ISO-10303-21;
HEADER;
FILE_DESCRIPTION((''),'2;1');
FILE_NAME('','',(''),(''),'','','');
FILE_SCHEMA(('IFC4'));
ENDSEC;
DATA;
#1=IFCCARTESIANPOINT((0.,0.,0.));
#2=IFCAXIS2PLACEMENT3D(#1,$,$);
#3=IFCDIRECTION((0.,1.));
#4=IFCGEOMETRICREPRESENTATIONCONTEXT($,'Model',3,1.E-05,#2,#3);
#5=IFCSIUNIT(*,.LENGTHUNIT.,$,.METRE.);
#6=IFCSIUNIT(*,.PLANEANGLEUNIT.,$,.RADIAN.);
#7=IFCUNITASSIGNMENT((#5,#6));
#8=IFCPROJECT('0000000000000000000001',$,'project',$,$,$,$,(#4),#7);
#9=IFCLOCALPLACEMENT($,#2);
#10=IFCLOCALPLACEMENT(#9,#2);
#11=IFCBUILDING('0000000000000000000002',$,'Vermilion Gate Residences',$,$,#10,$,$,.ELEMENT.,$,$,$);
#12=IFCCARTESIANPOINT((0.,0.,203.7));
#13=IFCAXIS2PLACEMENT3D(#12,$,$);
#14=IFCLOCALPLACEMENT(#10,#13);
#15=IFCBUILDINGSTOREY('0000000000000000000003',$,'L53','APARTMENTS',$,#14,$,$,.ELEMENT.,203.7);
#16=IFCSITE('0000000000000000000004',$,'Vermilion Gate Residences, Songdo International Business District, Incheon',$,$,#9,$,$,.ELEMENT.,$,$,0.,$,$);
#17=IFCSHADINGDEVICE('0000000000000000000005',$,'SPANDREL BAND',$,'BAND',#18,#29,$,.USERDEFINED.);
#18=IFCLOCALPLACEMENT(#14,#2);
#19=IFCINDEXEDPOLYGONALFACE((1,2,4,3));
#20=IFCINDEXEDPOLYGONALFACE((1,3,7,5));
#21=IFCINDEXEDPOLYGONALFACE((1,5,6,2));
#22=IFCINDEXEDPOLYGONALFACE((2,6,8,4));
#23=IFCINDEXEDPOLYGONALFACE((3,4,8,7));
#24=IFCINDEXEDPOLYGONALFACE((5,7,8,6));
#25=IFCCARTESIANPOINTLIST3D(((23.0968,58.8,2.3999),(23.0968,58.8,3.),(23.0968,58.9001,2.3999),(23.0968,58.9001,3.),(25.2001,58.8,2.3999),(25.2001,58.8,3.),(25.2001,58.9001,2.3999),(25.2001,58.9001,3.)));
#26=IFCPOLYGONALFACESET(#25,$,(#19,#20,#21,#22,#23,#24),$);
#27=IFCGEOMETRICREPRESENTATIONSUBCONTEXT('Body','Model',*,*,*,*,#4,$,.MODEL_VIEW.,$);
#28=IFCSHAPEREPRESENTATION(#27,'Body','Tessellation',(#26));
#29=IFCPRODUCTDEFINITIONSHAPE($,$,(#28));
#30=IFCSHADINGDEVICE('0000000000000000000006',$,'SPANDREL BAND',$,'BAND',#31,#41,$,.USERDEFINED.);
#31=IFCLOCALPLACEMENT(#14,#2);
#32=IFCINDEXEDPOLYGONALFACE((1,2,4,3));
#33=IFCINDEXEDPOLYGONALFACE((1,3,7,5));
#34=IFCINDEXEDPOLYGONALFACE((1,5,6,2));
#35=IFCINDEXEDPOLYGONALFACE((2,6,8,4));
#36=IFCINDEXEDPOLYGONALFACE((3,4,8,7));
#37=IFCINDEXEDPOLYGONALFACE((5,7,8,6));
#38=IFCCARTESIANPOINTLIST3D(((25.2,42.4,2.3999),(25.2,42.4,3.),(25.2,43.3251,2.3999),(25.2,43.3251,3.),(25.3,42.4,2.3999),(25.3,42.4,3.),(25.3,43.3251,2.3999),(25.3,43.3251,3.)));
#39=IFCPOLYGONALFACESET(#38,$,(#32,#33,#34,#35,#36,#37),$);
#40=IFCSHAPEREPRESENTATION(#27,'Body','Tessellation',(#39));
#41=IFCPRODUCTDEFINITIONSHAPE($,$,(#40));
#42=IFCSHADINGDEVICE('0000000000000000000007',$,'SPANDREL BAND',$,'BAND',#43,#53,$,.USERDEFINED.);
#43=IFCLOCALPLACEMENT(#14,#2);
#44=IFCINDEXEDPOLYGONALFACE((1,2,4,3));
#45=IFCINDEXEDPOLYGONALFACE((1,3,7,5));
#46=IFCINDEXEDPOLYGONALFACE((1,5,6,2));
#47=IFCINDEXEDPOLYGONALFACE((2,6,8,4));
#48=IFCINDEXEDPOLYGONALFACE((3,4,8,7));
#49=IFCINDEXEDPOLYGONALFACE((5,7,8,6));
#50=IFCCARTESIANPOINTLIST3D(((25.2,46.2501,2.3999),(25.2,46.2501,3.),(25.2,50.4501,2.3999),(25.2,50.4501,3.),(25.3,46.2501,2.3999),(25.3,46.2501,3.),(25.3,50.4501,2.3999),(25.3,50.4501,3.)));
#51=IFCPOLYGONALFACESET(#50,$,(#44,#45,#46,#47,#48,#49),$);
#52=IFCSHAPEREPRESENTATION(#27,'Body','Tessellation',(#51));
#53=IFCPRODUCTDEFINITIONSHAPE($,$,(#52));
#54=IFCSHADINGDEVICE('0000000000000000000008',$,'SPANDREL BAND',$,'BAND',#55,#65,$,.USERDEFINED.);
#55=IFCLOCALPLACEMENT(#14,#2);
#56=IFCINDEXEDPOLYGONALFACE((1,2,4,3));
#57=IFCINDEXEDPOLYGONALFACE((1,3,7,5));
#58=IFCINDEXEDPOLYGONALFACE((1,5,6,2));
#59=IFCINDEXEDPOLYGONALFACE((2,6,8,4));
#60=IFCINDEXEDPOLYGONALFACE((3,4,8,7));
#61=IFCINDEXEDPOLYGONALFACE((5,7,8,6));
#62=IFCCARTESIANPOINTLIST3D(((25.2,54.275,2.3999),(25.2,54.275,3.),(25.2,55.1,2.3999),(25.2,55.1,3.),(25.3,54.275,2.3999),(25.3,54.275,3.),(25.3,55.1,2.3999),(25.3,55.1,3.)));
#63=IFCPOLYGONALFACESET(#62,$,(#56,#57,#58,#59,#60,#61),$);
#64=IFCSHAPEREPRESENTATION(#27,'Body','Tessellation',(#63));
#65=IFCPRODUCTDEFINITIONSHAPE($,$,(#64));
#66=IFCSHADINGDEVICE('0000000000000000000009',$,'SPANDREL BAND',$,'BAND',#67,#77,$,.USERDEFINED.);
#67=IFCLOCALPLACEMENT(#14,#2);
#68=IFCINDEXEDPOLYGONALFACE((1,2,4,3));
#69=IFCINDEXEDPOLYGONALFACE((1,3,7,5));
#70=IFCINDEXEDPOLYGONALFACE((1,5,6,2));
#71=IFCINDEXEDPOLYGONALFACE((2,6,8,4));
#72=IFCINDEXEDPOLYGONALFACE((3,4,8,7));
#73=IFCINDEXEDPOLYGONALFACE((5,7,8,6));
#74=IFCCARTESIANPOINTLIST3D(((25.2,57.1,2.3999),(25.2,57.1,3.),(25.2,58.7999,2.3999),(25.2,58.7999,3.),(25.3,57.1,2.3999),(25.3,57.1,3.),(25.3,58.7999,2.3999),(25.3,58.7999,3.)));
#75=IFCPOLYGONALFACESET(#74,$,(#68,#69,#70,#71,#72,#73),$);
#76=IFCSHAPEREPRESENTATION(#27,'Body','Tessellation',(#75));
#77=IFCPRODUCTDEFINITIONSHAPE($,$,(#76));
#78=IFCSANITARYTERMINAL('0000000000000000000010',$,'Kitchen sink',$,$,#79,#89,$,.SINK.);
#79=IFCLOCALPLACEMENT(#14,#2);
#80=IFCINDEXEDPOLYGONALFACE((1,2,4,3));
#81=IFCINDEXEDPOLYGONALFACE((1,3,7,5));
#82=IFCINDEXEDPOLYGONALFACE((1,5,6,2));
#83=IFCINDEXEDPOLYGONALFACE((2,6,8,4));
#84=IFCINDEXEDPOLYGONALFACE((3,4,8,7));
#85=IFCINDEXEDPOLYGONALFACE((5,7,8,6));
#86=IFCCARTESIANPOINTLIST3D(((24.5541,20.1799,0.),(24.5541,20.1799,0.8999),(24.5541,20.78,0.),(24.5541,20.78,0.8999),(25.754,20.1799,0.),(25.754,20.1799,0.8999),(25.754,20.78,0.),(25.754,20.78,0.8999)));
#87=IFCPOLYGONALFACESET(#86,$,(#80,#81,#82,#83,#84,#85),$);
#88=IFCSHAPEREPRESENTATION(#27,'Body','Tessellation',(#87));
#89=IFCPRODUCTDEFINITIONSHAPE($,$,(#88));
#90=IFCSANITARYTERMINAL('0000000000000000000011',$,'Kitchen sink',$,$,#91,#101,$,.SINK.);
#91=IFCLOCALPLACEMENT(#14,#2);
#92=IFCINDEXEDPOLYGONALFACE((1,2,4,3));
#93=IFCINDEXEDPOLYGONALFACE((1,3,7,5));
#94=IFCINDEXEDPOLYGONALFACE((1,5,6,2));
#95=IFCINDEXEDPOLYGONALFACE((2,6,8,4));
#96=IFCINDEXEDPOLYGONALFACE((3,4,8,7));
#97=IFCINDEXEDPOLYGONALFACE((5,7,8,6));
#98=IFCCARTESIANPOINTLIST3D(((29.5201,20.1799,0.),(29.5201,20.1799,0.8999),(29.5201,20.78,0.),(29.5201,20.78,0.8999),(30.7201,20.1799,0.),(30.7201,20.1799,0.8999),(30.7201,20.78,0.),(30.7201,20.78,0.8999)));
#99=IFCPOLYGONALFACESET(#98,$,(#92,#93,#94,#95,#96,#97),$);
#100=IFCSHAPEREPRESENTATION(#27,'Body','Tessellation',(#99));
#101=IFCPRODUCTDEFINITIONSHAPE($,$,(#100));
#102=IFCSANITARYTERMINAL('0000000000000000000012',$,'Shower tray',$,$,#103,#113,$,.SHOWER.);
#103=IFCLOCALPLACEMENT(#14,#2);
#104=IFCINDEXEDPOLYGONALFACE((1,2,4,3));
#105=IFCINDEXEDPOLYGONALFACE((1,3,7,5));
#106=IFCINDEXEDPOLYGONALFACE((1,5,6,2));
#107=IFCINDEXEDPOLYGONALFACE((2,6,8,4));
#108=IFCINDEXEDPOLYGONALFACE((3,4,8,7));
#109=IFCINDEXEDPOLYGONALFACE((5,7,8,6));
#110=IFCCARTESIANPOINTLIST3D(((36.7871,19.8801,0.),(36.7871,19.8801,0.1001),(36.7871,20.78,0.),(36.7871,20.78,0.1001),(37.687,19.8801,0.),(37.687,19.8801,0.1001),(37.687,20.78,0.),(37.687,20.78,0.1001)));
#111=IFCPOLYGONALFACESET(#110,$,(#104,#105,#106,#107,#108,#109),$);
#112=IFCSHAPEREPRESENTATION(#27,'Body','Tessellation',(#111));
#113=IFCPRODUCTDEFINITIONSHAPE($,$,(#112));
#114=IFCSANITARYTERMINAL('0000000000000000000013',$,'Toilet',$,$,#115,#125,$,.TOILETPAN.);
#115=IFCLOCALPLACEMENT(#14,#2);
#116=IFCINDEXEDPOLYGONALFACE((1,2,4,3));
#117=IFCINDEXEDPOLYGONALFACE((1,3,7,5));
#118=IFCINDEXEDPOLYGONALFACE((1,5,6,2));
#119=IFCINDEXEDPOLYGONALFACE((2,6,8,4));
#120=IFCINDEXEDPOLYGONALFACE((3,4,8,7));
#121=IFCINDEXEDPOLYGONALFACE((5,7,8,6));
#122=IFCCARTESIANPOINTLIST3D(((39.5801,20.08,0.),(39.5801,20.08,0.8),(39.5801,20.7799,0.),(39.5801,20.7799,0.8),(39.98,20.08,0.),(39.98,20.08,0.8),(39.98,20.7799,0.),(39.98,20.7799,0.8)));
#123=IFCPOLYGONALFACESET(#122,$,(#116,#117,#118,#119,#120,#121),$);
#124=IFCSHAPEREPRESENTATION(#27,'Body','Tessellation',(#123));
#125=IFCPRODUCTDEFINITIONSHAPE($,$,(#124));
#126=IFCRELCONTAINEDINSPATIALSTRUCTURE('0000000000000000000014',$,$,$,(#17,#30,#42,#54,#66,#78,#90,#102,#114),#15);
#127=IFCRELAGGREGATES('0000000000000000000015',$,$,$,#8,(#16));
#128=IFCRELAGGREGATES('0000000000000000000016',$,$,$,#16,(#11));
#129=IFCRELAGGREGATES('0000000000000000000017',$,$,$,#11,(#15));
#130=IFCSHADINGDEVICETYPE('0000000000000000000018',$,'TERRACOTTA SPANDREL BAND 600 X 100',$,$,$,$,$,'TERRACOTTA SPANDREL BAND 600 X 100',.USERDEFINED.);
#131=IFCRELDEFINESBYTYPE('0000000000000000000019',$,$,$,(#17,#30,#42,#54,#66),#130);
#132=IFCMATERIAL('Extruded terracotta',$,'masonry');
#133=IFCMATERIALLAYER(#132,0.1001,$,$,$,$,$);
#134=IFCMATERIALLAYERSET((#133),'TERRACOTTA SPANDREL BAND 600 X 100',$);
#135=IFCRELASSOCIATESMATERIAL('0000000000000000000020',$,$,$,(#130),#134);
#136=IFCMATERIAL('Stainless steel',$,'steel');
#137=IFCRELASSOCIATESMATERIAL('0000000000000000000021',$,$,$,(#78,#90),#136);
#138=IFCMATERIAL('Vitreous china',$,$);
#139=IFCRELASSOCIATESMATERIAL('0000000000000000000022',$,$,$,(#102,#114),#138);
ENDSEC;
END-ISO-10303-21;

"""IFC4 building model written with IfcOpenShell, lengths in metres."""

from ifc_helpers import new_model, si_unit, direction, frame, origin, origin_2d, place, context, subcontext, project, spatial, rectangle, extrude, material, layer, layer_set, type_object, element, save


model = new_model("IFC4")

# Units and contexts
model_context = context("Model", 3, precision=1e-05, world=origin(), true_north=direction((0.0, 1.0)))
body_context = subcontext(model_context, "Body", "Model", "MODEL_VIEW")
ifc_project = project(units=[si_unit("LENGTHUNIT", "METRE"), si_unit("PLANEANGLEUNIT", "RADIAN")], contexts=[model_context])

# Site, building, storey
site_placement = place(None, origin())
site = spatial("IfcSite", under=ifc_project, at=site_placement, Name="Vermilion Gate Residences, Songdo International Business District, Incheon", CompositionType="ELEMENT", RefElevation=0.0)
building_placement = place(site_placement, origin())
building = spatial("IfcBuilding", under=site, at=building_placement, Name="Vermilion Gate Residences", CompositionType="ELEMENT")
storey_placement = place(building_placement, frame((0.0, 0.0, 203.7)))
storey = spatial("IfcBuildingStorey", under=building, at=storey_placement, Name="L53", Description="APARTMENTS", CompositionType="ELEMENT", Elevation=203.7)

# Shading devices
ifc_material_1 = material(Name="Extruded terracotta", Category="masonry")
ifc_layer_1 = layer(ifc_material_1, 0.1001)
ifc_layer_set_1 = layer_set([ifc_layer_1], Name="TERRACOTTA SPANDREL BAND 600 X 100")
shading_device_type_1 = type_object("IfcShadingDeviceType", Name="TERRACOTTA SPANDREL BAND 600 X 100", ElementType="TERRACOTTA SPANDREL BAND 600 X 100", PredefinedType="USERDEFINED", material=ifc_layer_set_1)
shading_device_1_placement = place(storey_placement, frame((24.1484, 58.8501, 2.3999), z_axis=(0.0, 0.0, 1.0), x_axis=(1.0, 0.0, 0.0)))
element("IfcShadingDevice", 1, at=shading_device_1_placement, inside=storey, type_object=shading_device_type_1, Name="SPANDREL BAND", ObjectType="BAND", PredefinedType="USERDEFINED", context=body_context, shape_type="SweptSolid", body=[
    extrude(rectangle(XDim=2.1033, YDim=0.1001, at=origin_2d()), origin(), (0.0, 0.0, 1.0), 0.6001),
])
shading_device_2_placement = place(storey_placement, frame((25.25, 42.8625, 2.3999), z_axis=(0.0, 0.0, 1.0), x_axis=(0.0, 1.0, 0.0)))
element("IfcShadingDevice", 2, at=shading_device_2_placement, inside=storey, type_object=shading_device_type_1, Name="SPANDREL BAND", ObjectType="BAND", PredefinedType="USERDEFINED", context=body_context, shape_type="SweptSolid", body=[
    extrude(rectangle(XDim=0.925, YDim=0.1001, at=origin_2d()), origin(), (0.0, 0.0, 1.0), 0.6001),
])
shading_device_3_placement = place(storey_placement, frame((25.25, 48.3501, 2.3999), z_axis=(0.0, 0.0, 1.0), x_axis=(0.0, 1.0, 0.0)))
element("IfcShadingDevice", 3, at=shading_device_3_placement, inside=storey, type_object=shading_device_type_1, Name="SPANDREL BAND", ObjectType="BAND", PredefinedType="USERDEFINED", context=body_context, shape_type="SweptSolid", body=[
    extrude(rectangle(XDim=4.2, YDim=0.1001, at=origin_2d()), origin(), (0.0, 0.0, 1.0), 0.6001),
])
shading_device_4_placement = place(storey_placement, frame((25.25, 54.6875, 2.3999), z_axis=(0.0, 0.0, 1.0), x_axis=(0.0, 1.0, 0.0)))
element("IfcShadingDevice", 4, at=shading_device_4_placement, inside=storey, type_object=shading_device_type_1, Name="SPANDREL BAND", ObjectType="BAND", PredefinedType="USERDEFINED", context=body_context, shape_type="SweptSolid", body=[
    extrude(rectangle(XDim=0.825, YDim=0.1001, at=origin_2d()), origin(), (0.0, 0.0, 1.0), 0.6001),
])
shading_device_5_placement = place(storey_placement, frame((25.25, 57.95, 2.3999), z_axis=(0.0, 0.0, 1.0), x_axis=(0.0, 1.0, 0.0)))
element("IfcShadingDevice", 5, at=shading_device_5_placement, inside=storey, type_object=shading_device_type_1, Name="SPANDREL BAND", ObjectType="BAND", PredefinedType="USERDEFINED", context=body_context, shape_type="SweptSolid", body=[
    extrude(rectangle(XDim=1.7, YDim=0.1001, at=origin_2d()), origin(), (0.0, 0.0, 1.0), 0.6001),
])

# Sanitary terminals
ifc_material_2 = material(Name="Stainless steel", Category="steel")
for number, where, z_axis, x_axis, name in (
    (6, (25.1541, 20.48, 0.0), (0.0, 0.0, 1.0), (1.0, 0.0, 0.0), "Kitchen sink"),
    (7, (30.1201, 20.48, 0.0), (0.0, 0.0, 1.0), (1.0, 0.0, 0.0), "Kitchen sink"),
):
    element("IfcSanitaryTerminal", number, at=place(storey_placement, frame(where, z_axis=z_axis, x_axis=x_axis)), inside=storey, material=ifc_material_2, Name=name, PredefinedType="SINK", context=body_context, shape_type="SweptSolid", body=[
        extrude(rectangle(XDim=1.2, YDim=0.6001, at=origin_2d()), origin(), (0.0, 0.0, 1.0), 0.8999),
    ])
ifc_material_3 = material(Name="Vitreous china")
sanitary_terminal_1_placement = place(storey_placement, frame((37.2371, 20.3301, 0.0), z_axis=(0.0, 0.0, 1.0), x_axis=(1.0, 0.0, 0.0)))
element("IfcSanitaryTerminal", 8, at=sanitary_terminal_1_placement, inside=storey, material=ifc_material_3, Name="Shower tray", PredefinedType="SHOWER", context=body_context, shape_type="SweptSolid", body=[
    extrude(rectangle(XDim=0.8999, YDim=0.8999, at=origin_2d()), origin(), (0.0, 0.0, 1.0), 0.1001),
])
sanitary_terminal_2_placement = place(storey_placement, frame((39.78, 20.4299, 0.0), z_axis=(0.0, 0.0, 1.0), x_axis=(1.0, 0.0, 0.0)))
element("IfcSanitaryTerminal", 9, at=sanitary_terminal_2_placement, inside=storey, material=ifc_material_3, Name="Toilet", PredefinedType="TOILETPAN", context=body_context, shape_type="SweptSolid", body=[
    extrude(rectangle(XDim=0.3999, YDim=0.7, at=origin_2d()), origin(), (0.0, 0.0, 1.0), 0.8),
])

save(model, "model.ifc")
